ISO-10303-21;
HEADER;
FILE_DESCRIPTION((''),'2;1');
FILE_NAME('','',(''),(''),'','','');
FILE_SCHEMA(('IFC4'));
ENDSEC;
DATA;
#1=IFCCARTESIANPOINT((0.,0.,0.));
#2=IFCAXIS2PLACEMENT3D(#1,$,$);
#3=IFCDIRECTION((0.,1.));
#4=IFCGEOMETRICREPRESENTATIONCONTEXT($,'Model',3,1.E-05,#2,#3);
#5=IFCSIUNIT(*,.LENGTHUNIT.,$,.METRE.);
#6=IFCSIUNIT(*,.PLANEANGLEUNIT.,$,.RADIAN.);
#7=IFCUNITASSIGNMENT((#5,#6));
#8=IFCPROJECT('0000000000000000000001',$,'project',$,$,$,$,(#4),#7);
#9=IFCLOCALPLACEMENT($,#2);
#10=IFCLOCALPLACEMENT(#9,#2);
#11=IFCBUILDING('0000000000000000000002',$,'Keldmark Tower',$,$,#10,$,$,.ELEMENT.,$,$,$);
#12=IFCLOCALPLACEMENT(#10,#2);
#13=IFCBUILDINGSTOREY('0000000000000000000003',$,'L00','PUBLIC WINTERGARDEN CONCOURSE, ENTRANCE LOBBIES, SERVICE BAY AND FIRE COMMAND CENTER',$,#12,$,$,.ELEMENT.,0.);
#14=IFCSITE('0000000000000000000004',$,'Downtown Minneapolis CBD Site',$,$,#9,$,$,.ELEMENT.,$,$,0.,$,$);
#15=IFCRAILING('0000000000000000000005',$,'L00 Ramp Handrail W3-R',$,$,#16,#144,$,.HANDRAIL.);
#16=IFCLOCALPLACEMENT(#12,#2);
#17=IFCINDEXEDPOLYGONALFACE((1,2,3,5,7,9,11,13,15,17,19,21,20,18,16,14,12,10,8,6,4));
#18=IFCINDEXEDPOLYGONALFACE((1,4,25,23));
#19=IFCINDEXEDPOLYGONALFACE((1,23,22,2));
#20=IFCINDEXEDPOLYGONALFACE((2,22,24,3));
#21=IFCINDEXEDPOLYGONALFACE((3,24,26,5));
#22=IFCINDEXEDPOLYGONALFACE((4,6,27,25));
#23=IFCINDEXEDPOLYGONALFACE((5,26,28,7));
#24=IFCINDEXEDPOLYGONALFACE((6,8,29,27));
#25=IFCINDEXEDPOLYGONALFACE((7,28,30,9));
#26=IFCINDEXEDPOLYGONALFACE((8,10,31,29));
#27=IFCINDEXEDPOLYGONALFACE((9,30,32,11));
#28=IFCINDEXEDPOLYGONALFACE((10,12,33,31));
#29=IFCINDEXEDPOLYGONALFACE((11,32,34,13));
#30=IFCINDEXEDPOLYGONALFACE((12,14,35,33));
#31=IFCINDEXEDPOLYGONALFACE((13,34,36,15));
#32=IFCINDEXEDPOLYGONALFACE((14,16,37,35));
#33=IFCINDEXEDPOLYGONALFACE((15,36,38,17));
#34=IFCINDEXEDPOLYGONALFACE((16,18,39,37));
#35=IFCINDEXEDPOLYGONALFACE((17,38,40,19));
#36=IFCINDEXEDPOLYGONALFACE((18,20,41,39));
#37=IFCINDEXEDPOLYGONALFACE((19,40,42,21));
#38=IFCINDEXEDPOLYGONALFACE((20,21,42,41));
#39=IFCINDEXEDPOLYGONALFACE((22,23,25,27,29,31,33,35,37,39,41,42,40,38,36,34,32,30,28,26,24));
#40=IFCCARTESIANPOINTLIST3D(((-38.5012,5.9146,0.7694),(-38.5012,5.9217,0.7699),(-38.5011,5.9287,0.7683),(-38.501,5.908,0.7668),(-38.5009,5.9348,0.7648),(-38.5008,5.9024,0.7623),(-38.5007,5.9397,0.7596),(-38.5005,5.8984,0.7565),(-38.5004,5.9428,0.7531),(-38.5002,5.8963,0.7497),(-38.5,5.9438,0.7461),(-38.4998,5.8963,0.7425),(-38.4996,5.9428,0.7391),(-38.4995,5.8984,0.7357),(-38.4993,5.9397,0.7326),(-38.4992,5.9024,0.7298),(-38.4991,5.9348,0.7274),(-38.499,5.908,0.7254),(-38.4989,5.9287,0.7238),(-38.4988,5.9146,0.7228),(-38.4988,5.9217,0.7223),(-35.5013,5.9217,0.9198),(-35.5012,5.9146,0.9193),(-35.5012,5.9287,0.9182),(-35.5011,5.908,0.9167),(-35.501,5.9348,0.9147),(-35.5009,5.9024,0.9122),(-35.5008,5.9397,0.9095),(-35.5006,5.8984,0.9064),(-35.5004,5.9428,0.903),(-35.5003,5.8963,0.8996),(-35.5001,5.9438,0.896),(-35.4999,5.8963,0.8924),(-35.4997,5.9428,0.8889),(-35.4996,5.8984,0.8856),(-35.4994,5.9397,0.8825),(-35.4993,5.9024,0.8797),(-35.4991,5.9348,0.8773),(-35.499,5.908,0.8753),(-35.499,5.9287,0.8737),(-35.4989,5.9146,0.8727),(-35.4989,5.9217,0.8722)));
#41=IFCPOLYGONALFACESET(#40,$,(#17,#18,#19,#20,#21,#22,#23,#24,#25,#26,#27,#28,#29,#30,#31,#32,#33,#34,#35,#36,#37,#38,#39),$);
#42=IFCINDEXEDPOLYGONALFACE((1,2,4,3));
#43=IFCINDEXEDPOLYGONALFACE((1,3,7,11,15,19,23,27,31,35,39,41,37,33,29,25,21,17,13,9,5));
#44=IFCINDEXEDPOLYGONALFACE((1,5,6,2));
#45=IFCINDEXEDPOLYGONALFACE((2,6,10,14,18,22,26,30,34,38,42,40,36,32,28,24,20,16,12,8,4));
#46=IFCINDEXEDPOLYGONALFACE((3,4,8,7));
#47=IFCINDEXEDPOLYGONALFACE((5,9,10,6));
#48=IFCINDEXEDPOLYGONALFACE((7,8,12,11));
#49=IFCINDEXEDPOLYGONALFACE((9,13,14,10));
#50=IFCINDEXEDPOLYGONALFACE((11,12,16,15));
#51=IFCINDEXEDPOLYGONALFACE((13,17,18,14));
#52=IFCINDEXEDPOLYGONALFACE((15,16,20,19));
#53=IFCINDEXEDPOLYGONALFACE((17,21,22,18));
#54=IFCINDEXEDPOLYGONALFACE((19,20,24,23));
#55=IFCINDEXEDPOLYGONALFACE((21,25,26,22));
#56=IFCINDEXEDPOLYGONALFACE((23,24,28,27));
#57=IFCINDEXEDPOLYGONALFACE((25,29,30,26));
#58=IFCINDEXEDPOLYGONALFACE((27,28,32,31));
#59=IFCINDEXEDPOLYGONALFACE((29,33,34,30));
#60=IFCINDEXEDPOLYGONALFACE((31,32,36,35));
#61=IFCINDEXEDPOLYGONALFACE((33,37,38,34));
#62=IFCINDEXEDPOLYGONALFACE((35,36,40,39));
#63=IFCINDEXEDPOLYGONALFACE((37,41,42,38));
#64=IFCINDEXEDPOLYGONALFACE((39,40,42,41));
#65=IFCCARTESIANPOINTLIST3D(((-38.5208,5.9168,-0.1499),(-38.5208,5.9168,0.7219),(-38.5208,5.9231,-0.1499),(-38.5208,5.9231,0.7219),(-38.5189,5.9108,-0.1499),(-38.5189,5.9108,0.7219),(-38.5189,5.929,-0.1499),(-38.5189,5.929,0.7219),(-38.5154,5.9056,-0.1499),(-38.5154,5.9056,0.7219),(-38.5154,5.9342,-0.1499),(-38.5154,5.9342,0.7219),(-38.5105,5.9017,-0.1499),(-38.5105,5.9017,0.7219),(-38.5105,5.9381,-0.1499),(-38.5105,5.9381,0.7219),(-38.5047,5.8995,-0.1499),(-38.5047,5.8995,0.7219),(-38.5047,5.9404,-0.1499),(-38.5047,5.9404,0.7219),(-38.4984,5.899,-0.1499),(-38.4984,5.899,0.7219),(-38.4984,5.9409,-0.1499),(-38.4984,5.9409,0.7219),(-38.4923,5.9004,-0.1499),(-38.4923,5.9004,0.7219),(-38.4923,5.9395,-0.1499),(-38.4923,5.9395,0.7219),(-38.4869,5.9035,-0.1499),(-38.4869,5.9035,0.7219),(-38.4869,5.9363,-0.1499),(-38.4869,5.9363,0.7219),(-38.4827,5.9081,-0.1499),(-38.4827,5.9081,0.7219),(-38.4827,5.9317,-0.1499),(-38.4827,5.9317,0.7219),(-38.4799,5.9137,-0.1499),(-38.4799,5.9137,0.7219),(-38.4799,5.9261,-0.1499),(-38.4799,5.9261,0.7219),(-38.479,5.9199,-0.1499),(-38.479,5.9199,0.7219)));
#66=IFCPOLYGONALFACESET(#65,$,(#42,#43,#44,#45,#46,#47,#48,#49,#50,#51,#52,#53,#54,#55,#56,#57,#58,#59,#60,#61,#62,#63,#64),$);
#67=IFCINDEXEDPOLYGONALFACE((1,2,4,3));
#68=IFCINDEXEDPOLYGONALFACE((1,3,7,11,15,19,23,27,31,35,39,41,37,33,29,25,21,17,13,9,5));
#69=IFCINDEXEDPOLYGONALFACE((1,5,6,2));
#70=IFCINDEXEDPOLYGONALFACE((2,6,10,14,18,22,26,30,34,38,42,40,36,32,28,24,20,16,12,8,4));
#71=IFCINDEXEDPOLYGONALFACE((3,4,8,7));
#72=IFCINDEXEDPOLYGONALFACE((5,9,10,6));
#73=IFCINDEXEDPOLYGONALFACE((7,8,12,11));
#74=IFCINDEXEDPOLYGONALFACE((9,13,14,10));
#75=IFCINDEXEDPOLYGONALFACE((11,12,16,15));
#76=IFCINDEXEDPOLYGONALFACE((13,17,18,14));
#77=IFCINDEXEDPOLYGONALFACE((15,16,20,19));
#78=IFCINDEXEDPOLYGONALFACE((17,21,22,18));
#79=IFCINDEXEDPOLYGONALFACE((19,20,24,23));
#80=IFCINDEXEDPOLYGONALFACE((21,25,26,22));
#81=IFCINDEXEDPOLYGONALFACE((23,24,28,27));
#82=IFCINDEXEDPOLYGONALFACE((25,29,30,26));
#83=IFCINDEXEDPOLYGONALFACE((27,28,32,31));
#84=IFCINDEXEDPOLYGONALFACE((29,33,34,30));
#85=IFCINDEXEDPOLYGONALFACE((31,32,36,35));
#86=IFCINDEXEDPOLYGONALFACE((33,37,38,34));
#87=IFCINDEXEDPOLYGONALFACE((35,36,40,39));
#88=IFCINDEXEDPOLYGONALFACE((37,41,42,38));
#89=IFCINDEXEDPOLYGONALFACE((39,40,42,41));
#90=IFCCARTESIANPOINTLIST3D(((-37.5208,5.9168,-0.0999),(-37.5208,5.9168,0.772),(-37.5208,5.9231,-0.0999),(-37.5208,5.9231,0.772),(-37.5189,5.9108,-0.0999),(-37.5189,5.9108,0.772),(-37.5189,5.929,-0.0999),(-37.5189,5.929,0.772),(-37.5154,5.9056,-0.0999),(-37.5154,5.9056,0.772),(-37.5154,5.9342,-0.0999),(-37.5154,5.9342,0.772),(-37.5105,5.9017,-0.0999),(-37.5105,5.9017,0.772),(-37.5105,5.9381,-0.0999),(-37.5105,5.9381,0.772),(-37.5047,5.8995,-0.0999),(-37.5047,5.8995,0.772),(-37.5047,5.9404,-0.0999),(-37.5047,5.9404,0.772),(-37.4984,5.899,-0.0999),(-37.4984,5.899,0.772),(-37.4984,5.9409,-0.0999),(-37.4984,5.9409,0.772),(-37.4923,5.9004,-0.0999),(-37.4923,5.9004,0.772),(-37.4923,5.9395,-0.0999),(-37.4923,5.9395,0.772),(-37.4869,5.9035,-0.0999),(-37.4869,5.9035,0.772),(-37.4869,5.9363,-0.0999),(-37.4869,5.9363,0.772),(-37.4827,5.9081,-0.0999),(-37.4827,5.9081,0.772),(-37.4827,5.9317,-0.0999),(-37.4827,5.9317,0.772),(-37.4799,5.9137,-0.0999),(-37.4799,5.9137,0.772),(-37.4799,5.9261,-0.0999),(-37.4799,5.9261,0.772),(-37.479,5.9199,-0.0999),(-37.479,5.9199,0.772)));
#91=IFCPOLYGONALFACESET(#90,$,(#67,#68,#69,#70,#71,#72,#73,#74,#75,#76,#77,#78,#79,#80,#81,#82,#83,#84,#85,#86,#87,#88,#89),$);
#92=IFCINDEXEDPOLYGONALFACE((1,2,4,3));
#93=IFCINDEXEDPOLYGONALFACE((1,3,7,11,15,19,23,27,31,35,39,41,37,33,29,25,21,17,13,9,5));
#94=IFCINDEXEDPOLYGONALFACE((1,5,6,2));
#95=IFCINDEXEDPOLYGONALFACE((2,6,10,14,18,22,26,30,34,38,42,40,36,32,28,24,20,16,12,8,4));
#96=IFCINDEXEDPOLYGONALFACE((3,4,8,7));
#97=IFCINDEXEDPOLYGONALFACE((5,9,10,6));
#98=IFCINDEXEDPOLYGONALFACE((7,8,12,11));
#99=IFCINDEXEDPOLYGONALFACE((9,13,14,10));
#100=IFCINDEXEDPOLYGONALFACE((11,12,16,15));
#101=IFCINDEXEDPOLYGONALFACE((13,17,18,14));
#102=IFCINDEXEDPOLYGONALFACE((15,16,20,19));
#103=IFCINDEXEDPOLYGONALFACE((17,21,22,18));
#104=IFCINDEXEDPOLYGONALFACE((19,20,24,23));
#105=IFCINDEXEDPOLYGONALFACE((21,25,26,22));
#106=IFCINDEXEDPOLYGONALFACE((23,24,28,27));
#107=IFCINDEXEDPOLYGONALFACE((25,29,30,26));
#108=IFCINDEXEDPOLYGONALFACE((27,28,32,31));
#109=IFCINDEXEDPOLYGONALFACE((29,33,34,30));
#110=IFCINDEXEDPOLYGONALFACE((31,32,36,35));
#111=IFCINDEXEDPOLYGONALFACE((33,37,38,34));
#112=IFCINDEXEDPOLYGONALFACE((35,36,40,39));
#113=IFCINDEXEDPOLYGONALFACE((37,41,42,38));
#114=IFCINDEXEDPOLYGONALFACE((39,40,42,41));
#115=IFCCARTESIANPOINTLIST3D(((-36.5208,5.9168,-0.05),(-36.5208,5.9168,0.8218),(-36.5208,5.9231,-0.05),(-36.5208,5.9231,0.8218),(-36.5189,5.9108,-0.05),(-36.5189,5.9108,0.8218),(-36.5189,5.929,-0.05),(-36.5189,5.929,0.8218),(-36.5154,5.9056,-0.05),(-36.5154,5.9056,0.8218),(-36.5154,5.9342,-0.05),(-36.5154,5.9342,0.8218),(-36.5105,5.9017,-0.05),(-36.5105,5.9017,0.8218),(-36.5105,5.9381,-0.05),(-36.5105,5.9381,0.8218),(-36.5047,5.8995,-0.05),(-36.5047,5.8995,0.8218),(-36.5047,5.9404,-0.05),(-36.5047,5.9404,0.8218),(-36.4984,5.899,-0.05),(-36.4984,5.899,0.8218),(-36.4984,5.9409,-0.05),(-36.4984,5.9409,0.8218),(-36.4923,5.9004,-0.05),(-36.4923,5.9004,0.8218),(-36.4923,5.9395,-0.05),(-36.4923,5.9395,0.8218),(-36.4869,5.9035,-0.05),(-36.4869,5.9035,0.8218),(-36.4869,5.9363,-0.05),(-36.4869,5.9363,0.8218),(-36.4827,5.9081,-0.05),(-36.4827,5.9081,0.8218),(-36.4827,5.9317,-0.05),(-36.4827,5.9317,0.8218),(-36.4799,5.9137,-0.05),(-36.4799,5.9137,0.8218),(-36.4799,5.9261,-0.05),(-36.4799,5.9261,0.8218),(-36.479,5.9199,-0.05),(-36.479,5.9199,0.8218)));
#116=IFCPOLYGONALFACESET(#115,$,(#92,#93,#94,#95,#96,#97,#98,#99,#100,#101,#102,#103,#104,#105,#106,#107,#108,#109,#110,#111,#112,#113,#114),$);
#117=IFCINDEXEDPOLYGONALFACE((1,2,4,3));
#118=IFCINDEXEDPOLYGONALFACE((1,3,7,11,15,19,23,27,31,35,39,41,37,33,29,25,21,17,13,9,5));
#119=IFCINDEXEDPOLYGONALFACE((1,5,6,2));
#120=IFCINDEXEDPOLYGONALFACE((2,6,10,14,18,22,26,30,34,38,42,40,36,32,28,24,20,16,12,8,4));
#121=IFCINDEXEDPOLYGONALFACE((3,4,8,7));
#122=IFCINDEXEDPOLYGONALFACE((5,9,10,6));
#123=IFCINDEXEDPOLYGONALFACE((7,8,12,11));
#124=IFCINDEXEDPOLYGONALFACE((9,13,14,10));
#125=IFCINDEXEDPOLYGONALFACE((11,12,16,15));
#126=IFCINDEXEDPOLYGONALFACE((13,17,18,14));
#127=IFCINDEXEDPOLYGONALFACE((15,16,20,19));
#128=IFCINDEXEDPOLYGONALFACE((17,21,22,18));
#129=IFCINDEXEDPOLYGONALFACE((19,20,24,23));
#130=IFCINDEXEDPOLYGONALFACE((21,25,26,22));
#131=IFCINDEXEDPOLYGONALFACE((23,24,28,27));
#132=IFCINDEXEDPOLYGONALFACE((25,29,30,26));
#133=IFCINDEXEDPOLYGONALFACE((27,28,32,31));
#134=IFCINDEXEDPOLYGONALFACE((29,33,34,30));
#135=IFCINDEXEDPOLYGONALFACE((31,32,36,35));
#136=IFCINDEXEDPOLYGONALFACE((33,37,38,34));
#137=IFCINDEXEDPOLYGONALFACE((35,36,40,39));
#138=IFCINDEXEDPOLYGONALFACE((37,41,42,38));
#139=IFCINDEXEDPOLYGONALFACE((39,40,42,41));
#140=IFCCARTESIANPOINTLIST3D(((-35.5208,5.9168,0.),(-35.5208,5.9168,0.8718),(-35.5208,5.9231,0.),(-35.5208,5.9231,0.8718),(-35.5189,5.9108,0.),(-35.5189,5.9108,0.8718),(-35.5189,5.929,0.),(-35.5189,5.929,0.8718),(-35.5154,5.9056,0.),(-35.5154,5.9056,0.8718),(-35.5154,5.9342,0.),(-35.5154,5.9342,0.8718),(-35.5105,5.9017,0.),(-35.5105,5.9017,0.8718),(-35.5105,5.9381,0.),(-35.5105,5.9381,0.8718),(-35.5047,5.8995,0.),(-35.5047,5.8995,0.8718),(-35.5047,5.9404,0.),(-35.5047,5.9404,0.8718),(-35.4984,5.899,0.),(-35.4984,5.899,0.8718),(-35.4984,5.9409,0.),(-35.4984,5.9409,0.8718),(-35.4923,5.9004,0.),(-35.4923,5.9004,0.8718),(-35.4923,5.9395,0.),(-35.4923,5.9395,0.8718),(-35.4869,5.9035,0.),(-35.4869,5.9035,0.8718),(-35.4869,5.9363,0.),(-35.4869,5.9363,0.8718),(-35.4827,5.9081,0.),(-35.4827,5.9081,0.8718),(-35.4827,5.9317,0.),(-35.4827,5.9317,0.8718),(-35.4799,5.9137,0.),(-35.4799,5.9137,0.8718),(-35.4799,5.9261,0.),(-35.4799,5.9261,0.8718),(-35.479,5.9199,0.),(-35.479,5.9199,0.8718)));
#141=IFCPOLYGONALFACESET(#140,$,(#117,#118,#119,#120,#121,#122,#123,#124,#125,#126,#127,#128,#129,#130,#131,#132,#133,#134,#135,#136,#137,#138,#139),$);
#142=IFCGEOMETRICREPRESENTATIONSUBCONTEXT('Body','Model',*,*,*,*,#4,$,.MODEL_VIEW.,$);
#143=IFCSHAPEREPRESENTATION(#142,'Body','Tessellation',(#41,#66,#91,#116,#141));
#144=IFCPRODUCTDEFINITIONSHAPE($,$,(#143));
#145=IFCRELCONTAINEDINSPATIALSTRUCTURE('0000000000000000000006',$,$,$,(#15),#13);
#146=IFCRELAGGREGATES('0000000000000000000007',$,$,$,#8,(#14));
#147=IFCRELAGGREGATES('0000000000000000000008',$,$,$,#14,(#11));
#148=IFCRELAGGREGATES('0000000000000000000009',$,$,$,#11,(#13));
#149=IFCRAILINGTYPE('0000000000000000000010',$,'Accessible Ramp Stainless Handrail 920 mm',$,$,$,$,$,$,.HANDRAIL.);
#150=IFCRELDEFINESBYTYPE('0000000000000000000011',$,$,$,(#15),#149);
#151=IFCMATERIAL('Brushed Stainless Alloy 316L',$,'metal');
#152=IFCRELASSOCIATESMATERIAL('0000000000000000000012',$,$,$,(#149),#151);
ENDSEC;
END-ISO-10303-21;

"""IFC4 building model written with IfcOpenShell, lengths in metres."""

from ifc_helpers import new_model, si_unit, direction, frame, origin, origin_2d, place, context, subcontext, project, spatial, circle, extrude, material, type_object, element, save


model = new_model("IFC4")

# Units and contexts
model_context = context("Model", 3, precision=1e-05, world=origin(), true_north=direction((0.0, 1.0)))
body_context = subcontext(model_context, "Body", "Model", "MODEL_VIEW")
ifc_project = project(units=[si_unit("LENGTHUNIT", "METRE"), si_unit("PLANEANGLEUNIT", "RADIAN")], contexts=[model_context])

# Site, building, storey
site_placement = place(None, origin())
site = spatial("IfcSite", under=ifc_project, at=site_placement, Name="Downtown Minneapolis CBD Site", CompositionType="ELEMENT", RefElevation=0.0)
building_placement = place(site_placement, origin())
building = spatial("IfcBuilding", under=site, at=building_placement, Name="Keldmark Tower", CompositionType="ELEMENT")
storey_placement = place(building_placement, origin())
storey = spatial("IfcBuildingStorey", under=building, at=storey_placement, Name="L00", Description="PUBLIC WINTERGARDEN CONCOURSE, ENTRANCE LOBBIES, SERVICE BAY AND FIRE COMMAND CENTER", CompositionType="ELEMENT", Elevation=0.0)

# Railing
ifc_material_1 = material(Name="Brushed Stainless Alloy 316L", Category="metal")
railing_type = type_object("IfcRailingType", Name="Accessible Ramp Stainless Handrail 920 mm", PredefinedType="HANDRAIL", material=ifc_material_1)
for number, where, name in (
    (1, (-38.5, 5.9199, -0.1499), "L00 Ramp Handrail W3-R"),
):
    element("IfcRailing", number, at=place(storey_placement, frame(where)), inside=storey, type_object=railing_type, Name=name, PredefinedType="HANDRAIL", context=body_context, shape_type="SweptSolid", body=[
        extrude(circle(Radius=0.0239, at=origin_2d()), frame((0.0, 0.0, 0.896), z_axis=(0.998754, 0.0, 0.049905), x_axis=(0.0, 1.0, 0.0)), (0.0, 0.0, 1.0), 3.0037),
        extrude(circle(Radius=0.021, at=origin_2d()), origin(), (0.0, 0.0, 1.0), 0.8718),
        extrude(circle(Radius=0.021, at=origin_2d()), frame((1.0, 0.0, 0.05)), (0.0, 0.0, 1.0), 0.8718),
        extrude(circle(Radius=0.021, at=origin_2d()), frame((2.0, 0.0, 0.0999)), (0.0, 0.0, 1.0), 0.8718),
        extrude(circle(Radius=0.021, at=origin_2d()), frame((3.0, 0.0, 0.1499)), (0.0, 0.0, 1.0), 0.8718),
    ])

save(model, "model.ifc")
